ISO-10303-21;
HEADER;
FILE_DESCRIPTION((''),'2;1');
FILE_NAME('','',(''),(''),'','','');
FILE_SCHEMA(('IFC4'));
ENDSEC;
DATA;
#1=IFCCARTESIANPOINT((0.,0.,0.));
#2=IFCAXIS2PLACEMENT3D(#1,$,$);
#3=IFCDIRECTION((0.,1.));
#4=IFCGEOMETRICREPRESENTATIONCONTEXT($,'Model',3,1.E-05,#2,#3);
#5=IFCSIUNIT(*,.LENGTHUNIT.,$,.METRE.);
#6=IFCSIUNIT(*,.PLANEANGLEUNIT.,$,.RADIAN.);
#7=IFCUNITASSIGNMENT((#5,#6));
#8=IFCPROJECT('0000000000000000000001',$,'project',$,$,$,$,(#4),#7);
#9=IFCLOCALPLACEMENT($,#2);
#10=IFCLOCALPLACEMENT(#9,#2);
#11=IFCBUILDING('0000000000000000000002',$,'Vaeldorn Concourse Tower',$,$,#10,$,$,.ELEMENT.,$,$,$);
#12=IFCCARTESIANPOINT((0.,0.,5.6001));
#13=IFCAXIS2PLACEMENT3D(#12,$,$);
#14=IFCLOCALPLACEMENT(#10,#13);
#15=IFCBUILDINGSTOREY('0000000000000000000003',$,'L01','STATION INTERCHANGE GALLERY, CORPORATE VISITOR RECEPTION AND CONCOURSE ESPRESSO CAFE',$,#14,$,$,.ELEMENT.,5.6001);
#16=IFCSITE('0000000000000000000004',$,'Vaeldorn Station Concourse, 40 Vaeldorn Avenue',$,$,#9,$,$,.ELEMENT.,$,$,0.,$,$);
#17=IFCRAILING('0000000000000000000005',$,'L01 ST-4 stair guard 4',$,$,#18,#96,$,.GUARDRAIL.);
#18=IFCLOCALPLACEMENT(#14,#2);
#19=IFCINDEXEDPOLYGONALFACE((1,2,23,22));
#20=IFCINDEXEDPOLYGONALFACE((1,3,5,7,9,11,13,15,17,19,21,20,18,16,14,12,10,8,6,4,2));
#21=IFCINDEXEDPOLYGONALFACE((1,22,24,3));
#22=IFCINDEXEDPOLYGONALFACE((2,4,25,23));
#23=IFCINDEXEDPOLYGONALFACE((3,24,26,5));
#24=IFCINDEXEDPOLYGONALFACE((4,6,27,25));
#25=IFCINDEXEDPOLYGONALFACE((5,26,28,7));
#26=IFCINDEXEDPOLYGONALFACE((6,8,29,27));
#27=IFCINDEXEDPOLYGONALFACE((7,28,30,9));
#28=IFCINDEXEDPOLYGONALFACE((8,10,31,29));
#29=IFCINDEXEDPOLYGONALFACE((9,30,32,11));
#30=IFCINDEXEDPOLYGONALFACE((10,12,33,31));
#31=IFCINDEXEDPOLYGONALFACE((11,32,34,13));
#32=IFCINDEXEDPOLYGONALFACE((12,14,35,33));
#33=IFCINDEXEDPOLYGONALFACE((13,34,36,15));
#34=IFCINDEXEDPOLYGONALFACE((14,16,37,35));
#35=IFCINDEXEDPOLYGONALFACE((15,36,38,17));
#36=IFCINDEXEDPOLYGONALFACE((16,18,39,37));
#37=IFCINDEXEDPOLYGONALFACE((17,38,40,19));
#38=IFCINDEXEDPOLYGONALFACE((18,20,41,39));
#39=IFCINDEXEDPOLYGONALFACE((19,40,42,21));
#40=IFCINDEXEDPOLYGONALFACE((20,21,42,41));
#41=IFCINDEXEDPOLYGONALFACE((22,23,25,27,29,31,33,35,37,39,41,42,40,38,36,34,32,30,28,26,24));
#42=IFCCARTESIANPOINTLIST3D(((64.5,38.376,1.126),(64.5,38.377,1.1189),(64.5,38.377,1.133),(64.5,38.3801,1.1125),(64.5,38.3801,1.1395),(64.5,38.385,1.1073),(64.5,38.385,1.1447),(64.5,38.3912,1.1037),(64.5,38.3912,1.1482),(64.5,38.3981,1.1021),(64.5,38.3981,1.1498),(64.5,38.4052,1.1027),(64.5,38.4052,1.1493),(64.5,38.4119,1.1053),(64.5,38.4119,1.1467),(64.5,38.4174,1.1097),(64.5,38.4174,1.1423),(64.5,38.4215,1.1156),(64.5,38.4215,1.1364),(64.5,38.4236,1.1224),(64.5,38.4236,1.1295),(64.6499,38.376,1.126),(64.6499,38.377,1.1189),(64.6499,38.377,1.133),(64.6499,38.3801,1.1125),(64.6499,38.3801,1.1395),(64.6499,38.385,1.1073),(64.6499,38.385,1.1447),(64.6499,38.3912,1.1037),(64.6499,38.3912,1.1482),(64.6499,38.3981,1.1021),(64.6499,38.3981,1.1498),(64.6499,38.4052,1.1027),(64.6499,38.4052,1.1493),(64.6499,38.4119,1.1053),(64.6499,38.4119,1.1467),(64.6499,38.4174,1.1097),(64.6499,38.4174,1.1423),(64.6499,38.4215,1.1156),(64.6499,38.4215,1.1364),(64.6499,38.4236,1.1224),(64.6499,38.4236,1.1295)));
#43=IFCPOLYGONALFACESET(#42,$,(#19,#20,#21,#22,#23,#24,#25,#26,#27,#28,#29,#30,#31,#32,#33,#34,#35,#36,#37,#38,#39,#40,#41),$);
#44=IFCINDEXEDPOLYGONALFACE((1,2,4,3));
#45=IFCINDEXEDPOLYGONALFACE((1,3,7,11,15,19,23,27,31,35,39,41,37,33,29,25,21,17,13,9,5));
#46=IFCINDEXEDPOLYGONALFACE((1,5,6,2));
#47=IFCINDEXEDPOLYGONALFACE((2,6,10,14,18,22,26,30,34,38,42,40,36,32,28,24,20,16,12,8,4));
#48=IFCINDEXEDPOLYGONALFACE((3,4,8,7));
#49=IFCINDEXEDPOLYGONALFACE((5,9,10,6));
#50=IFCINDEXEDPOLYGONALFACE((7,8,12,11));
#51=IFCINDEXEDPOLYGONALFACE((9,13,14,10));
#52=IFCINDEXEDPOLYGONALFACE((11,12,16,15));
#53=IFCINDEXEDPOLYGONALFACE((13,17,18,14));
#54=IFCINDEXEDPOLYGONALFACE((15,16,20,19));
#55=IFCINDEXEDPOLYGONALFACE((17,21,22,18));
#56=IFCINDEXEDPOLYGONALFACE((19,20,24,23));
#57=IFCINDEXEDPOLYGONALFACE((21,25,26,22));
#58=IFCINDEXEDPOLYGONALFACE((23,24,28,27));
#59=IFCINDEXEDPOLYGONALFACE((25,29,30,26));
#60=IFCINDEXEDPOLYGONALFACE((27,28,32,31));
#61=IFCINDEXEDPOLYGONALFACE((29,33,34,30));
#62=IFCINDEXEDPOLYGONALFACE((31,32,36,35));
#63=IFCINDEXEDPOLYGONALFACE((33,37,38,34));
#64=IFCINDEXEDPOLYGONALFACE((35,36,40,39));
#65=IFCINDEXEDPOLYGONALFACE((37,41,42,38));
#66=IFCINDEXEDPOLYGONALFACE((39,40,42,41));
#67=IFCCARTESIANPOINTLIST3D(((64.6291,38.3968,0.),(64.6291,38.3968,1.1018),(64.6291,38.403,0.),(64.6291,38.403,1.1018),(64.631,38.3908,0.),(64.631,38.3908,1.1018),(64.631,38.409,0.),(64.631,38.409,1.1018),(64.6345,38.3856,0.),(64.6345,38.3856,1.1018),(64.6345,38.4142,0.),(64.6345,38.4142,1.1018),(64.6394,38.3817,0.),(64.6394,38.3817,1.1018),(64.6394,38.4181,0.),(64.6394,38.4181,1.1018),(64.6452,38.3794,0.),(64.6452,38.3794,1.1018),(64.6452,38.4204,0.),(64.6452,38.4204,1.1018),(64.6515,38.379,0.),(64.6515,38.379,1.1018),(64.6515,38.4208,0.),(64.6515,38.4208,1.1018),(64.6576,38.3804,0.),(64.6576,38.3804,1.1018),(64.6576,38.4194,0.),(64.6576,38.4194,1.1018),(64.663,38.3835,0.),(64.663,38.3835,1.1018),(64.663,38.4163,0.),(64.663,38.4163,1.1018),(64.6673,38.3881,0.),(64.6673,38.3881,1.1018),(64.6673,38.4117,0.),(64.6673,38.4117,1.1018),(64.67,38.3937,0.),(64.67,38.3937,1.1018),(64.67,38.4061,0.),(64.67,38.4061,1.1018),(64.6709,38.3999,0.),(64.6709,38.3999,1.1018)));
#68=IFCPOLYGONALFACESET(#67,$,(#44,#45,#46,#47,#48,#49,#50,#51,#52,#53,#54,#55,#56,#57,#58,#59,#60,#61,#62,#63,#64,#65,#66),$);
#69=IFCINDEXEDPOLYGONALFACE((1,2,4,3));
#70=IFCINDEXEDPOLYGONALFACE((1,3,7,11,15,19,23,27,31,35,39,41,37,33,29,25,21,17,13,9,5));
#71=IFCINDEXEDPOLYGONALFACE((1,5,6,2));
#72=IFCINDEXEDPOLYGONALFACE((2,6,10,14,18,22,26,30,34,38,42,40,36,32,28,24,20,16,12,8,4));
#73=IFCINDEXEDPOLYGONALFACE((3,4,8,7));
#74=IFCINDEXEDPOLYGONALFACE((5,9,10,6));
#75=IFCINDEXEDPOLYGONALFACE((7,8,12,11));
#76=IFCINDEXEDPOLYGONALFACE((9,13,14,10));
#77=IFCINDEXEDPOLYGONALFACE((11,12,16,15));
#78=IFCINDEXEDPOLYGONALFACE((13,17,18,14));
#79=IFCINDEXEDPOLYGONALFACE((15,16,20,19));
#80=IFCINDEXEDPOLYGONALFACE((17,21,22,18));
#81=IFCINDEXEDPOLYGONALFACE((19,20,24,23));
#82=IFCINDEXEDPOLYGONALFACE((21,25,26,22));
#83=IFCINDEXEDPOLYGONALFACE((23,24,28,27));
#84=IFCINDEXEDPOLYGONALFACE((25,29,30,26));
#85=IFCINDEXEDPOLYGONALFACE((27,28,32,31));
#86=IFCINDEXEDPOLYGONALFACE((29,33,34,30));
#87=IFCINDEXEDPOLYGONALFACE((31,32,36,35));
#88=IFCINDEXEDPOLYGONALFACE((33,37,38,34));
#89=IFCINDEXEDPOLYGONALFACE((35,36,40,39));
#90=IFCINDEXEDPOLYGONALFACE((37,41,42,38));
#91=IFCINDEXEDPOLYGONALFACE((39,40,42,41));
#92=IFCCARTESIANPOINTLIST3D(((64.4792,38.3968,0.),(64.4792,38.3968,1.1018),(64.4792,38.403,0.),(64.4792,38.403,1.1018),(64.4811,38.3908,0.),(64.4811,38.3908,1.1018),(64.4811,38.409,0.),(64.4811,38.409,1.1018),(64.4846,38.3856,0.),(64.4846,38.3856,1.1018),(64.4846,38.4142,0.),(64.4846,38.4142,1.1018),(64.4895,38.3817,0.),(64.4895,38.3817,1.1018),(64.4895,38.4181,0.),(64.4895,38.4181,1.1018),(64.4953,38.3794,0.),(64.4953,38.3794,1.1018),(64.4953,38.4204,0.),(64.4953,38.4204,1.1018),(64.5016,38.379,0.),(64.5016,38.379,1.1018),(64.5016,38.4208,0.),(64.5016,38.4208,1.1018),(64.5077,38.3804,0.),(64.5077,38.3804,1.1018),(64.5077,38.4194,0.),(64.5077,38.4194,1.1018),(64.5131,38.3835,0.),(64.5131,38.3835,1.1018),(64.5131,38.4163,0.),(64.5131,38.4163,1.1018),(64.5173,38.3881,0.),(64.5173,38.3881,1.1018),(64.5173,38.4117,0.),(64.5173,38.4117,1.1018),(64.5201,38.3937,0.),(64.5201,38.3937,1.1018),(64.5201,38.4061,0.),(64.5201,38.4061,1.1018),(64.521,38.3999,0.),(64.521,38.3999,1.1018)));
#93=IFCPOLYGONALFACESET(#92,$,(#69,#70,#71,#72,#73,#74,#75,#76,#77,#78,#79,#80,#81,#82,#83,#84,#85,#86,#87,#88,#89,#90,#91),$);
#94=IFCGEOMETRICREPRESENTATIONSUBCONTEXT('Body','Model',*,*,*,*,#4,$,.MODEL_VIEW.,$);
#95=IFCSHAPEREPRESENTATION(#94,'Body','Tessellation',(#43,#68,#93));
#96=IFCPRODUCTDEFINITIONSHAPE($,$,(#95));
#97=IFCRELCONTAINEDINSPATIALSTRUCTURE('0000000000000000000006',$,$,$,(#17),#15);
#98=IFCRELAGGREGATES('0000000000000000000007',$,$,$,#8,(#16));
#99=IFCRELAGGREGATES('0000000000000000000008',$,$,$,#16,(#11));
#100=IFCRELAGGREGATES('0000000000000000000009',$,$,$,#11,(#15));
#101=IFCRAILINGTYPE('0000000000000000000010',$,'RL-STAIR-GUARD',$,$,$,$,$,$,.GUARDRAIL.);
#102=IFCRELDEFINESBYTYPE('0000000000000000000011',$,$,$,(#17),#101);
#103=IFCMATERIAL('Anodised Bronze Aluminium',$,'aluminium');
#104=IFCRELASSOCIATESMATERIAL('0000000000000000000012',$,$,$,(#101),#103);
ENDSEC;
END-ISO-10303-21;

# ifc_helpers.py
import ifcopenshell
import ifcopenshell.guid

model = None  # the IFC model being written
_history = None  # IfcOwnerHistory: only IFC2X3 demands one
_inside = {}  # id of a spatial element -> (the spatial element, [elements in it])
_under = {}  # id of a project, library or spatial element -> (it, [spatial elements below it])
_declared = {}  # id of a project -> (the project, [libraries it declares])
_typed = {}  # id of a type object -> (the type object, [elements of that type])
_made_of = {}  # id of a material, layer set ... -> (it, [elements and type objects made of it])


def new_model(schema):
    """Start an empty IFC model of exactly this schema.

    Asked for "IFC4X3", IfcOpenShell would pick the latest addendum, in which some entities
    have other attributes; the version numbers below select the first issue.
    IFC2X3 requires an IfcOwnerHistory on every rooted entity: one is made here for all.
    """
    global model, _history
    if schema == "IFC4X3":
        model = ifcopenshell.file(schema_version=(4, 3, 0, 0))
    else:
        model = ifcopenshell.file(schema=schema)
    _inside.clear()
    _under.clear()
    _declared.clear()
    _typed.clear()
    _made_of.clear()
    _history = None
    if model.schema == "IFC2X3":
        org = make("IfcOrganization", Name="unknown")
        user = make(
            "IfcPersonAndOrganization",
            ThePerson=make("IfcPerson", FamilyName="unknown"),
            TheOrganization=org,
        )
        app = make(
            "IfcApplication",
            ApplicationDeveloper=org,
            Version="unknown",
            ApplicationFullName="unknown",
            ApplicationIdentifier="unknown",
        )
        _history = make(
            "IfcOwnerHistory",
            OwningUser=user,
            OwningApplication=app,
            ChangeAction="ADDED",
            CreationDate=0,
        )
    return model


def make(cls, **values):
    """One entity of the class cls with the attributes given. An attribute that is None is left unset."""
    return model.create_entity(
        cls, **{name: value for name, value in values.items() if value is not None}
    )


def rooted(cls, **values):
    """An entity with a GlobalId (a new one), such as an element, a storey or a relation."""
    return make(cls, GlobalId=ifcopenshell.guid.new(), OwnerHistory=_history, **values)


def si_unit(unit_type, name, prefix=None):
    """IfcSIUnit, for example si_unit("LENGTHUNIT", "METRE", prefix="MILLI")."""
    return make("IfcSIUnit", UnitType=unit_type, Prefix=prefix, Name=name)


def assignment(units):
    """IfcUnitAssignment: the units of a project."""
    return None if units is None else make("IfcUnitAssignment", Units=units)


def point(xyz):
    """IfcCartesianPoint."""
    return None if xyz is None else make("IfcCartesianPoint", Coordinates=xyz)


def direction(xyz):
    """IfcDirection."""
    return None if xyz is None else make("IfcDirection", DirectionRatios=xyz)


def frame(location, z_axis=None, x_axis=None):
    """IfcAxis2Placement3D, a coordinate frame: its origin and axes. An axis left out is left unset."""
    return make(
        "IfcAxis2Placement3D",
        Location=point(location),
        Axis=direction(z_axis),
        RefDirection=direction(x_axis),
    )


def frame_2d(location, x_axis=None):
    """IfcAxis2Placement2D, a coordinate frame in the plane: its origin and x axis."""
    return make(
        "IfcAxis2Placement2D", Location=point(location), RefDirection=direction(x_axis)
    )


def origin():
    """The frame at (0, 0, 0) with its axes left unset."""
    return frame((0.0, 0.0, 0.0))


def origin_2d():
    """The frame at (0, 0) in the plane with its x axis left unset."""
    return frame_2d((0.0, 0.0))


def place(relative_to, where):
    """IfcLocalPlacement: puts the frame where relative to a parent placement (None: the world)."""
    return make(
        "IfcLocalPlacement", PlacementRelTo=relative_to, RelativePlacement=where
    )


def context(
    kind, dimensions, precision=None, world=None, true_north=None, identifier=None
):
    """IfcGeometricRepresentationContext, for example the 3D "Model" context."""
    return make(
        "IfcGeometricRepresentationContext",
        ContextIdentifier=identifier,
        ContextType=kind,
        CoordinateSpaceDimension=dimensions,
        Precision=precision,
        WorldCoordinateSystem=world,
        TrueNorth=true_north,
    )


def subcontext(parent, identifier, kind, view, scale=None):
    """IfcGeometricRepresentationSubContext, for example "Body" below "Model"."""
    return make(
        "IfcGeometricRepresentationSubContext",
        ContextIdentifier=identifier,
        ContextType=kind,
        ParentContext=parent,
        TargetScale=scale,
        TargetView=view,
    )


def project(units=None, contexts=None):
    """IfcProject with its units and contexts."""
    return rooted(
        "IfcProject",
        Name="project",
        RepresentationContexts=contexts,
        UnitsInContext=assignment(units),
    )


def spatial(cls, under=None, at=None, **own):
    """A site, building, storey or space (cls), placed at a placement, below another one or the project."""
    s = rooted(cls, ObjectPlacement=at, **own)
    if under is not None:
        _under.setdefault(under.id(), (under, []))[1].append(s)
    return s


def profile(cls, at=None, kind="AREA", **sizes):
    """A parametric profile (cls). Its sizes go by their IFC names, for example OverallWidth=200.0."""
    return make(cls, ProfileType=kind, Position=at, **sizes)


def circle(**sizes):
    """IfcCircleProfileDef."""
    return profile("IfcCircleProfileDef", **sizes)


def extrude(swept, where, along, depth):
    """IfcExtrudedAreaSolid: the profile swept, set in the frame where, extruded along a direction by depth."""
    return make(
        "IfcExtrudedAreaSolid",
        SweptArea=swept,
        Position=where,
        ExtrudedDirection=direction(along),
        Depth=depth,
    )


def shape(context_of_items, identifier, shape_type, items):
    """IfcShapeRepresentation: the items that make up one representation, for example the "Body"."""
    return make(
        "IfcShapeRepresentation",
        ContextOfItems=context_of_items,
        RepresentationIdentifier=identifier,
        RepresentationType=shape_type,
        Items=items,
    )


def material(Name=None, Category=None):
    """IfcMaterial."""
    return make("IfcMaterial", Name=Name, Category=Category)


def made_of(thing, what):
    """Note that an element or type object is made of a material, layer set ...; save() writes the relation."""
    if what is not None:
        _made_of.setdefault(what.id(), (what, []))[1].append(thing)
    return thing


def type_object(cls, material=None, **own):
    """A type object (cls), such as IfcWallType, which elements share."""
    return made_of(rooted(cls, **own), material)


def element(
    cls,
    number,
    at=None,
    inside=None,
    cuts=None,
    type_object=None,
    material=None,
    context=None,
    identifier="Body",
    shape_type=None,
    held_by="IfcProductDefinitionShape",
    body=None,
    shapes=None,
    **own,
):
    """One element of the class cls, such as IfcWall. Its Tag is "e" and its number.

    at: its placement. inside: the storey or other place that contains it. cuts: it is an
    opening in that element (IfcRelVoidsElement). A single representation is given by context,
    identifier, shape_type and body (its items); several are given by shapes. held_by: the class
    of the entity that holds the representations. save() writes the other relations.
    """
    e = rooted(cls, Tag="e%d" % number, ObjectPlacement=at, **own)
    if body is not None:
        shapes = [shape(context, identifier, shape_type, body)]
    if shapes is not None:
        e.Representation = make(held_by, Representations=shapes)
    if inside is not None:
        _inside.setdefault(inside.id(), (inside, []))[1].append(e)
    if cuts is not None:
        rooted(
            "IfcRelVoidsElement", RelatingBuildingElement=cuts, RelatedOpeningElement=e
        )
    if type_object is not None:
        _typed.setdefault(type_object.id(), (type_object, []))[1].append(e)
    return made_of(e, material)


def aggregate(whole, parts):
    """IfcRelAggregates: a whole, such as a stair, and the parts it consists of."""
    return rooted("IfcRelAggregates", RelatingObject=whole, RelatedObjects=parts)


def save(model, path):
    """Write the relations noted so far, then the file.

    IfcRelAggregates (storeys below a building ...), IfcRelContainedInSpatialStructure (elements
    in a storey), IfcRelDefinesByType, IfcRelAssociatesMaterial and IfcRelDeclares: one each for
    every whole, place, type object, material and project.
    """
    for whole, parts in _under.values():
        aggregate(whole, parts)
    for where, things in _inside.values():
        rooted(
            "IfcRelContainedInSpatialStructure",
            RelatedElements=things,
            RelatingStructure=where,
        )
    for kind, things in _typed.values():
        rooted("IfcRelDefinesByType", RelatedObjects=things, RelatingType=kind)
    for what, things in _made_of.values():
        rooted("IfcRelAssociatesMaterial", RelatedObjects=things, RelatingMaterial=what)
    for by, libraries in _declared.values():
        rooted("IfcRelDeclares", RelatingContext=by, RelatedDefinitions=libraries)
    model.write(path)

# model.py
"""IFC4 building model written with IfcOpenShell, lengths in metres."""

from ifc_helpers import new_model, si_unit, direction, frame, origin, origin_2d, place, context, subcontext, project, spatial, circle, extrude, material, type_object, element, save


model = new_model("IFC4")

# Units and contexts
model_context = context("Model", 3, precision=1e-05, world=origin(), true_north=direction((0.0, 1.0)))
body_context = subcontext(model_context, "Body", "Model", "MODEL_VIEW")
ifc_project = project(units=[si_unit("LENGTHUNIT", "METRE"), si_unit("PLANEANGLEUNIT", "RADIAN")], contexts=[model_context])

# Site, building, storey
site_placement = place(None, origin())
site = spatial("IfcSite", under=ifc_project, at=site_placement, Name="Vaeldorn Station Concourse, 40 Vaeldorn Avenue", CompositionType="ELEMENT", RefElevation=0.0)
building_placement = place(site_placement, origin())
building = spatial("IfcBuilding", under=site, at=building_placement, Name="Vaeldorn Concourse Tower", CompositionType="ELEMENT")
storey_placement = place(building_placement, frame((0.0, 0.0, 5.6001)))
storey = spatial("IfcBuildingStorey", under=building, at=storey_placement, Name="L01", Description="STATION INTERCHANGE GALLERY, CORPORATE VISITOR RECEPTION AND CONCOURSE ESPRESSO CAFE", CompositionType="ELEMENT", Elevation=5.6001)

# Shared definitions
ifc_material_1 = material(Name="Anodised Bronze Aluminium", Category="aluminium")

# Railing
railing_type_1 = type_object("IfcRailingType", Name="RL-STAIR-GUARD", PredefinedType="GUARDRAIL", material=ifc_material_1)
railing_1_placement = place(storey_placement, frame((64.6499, 38.3999, 0.0)))
element("IfcRailing", 1, at=railing_1_placement, inside=storey, type_object=railing_type_1, Name="L01 ST-4 stair guard 4", PredefinedType="GUARDRAIL", context=body_context, shape_type="SweptSolid", body=[
    extrude(circle(Radius=0.0239, at=origin_2d()), frame((0.0, 0.0, 1.126), z_axis=(-1.0, 0.0, 0.0), x_axis=(0.0, -1.0, 0.0)), (0.0, 0.0, 1.0), 0.1499),
    extrude(circle(Radius=0.021, at=origin_2d()), origin(), (0.0, 0.0, 1.0), 1.1018),
    extrude(circle(Radius=0.021, at=origin_2d()), frame((-0.1499, 0.0, 0.0)), (0.0, 0.0, 1.0), 1.1018),
])

save(model, "model.ifc")
